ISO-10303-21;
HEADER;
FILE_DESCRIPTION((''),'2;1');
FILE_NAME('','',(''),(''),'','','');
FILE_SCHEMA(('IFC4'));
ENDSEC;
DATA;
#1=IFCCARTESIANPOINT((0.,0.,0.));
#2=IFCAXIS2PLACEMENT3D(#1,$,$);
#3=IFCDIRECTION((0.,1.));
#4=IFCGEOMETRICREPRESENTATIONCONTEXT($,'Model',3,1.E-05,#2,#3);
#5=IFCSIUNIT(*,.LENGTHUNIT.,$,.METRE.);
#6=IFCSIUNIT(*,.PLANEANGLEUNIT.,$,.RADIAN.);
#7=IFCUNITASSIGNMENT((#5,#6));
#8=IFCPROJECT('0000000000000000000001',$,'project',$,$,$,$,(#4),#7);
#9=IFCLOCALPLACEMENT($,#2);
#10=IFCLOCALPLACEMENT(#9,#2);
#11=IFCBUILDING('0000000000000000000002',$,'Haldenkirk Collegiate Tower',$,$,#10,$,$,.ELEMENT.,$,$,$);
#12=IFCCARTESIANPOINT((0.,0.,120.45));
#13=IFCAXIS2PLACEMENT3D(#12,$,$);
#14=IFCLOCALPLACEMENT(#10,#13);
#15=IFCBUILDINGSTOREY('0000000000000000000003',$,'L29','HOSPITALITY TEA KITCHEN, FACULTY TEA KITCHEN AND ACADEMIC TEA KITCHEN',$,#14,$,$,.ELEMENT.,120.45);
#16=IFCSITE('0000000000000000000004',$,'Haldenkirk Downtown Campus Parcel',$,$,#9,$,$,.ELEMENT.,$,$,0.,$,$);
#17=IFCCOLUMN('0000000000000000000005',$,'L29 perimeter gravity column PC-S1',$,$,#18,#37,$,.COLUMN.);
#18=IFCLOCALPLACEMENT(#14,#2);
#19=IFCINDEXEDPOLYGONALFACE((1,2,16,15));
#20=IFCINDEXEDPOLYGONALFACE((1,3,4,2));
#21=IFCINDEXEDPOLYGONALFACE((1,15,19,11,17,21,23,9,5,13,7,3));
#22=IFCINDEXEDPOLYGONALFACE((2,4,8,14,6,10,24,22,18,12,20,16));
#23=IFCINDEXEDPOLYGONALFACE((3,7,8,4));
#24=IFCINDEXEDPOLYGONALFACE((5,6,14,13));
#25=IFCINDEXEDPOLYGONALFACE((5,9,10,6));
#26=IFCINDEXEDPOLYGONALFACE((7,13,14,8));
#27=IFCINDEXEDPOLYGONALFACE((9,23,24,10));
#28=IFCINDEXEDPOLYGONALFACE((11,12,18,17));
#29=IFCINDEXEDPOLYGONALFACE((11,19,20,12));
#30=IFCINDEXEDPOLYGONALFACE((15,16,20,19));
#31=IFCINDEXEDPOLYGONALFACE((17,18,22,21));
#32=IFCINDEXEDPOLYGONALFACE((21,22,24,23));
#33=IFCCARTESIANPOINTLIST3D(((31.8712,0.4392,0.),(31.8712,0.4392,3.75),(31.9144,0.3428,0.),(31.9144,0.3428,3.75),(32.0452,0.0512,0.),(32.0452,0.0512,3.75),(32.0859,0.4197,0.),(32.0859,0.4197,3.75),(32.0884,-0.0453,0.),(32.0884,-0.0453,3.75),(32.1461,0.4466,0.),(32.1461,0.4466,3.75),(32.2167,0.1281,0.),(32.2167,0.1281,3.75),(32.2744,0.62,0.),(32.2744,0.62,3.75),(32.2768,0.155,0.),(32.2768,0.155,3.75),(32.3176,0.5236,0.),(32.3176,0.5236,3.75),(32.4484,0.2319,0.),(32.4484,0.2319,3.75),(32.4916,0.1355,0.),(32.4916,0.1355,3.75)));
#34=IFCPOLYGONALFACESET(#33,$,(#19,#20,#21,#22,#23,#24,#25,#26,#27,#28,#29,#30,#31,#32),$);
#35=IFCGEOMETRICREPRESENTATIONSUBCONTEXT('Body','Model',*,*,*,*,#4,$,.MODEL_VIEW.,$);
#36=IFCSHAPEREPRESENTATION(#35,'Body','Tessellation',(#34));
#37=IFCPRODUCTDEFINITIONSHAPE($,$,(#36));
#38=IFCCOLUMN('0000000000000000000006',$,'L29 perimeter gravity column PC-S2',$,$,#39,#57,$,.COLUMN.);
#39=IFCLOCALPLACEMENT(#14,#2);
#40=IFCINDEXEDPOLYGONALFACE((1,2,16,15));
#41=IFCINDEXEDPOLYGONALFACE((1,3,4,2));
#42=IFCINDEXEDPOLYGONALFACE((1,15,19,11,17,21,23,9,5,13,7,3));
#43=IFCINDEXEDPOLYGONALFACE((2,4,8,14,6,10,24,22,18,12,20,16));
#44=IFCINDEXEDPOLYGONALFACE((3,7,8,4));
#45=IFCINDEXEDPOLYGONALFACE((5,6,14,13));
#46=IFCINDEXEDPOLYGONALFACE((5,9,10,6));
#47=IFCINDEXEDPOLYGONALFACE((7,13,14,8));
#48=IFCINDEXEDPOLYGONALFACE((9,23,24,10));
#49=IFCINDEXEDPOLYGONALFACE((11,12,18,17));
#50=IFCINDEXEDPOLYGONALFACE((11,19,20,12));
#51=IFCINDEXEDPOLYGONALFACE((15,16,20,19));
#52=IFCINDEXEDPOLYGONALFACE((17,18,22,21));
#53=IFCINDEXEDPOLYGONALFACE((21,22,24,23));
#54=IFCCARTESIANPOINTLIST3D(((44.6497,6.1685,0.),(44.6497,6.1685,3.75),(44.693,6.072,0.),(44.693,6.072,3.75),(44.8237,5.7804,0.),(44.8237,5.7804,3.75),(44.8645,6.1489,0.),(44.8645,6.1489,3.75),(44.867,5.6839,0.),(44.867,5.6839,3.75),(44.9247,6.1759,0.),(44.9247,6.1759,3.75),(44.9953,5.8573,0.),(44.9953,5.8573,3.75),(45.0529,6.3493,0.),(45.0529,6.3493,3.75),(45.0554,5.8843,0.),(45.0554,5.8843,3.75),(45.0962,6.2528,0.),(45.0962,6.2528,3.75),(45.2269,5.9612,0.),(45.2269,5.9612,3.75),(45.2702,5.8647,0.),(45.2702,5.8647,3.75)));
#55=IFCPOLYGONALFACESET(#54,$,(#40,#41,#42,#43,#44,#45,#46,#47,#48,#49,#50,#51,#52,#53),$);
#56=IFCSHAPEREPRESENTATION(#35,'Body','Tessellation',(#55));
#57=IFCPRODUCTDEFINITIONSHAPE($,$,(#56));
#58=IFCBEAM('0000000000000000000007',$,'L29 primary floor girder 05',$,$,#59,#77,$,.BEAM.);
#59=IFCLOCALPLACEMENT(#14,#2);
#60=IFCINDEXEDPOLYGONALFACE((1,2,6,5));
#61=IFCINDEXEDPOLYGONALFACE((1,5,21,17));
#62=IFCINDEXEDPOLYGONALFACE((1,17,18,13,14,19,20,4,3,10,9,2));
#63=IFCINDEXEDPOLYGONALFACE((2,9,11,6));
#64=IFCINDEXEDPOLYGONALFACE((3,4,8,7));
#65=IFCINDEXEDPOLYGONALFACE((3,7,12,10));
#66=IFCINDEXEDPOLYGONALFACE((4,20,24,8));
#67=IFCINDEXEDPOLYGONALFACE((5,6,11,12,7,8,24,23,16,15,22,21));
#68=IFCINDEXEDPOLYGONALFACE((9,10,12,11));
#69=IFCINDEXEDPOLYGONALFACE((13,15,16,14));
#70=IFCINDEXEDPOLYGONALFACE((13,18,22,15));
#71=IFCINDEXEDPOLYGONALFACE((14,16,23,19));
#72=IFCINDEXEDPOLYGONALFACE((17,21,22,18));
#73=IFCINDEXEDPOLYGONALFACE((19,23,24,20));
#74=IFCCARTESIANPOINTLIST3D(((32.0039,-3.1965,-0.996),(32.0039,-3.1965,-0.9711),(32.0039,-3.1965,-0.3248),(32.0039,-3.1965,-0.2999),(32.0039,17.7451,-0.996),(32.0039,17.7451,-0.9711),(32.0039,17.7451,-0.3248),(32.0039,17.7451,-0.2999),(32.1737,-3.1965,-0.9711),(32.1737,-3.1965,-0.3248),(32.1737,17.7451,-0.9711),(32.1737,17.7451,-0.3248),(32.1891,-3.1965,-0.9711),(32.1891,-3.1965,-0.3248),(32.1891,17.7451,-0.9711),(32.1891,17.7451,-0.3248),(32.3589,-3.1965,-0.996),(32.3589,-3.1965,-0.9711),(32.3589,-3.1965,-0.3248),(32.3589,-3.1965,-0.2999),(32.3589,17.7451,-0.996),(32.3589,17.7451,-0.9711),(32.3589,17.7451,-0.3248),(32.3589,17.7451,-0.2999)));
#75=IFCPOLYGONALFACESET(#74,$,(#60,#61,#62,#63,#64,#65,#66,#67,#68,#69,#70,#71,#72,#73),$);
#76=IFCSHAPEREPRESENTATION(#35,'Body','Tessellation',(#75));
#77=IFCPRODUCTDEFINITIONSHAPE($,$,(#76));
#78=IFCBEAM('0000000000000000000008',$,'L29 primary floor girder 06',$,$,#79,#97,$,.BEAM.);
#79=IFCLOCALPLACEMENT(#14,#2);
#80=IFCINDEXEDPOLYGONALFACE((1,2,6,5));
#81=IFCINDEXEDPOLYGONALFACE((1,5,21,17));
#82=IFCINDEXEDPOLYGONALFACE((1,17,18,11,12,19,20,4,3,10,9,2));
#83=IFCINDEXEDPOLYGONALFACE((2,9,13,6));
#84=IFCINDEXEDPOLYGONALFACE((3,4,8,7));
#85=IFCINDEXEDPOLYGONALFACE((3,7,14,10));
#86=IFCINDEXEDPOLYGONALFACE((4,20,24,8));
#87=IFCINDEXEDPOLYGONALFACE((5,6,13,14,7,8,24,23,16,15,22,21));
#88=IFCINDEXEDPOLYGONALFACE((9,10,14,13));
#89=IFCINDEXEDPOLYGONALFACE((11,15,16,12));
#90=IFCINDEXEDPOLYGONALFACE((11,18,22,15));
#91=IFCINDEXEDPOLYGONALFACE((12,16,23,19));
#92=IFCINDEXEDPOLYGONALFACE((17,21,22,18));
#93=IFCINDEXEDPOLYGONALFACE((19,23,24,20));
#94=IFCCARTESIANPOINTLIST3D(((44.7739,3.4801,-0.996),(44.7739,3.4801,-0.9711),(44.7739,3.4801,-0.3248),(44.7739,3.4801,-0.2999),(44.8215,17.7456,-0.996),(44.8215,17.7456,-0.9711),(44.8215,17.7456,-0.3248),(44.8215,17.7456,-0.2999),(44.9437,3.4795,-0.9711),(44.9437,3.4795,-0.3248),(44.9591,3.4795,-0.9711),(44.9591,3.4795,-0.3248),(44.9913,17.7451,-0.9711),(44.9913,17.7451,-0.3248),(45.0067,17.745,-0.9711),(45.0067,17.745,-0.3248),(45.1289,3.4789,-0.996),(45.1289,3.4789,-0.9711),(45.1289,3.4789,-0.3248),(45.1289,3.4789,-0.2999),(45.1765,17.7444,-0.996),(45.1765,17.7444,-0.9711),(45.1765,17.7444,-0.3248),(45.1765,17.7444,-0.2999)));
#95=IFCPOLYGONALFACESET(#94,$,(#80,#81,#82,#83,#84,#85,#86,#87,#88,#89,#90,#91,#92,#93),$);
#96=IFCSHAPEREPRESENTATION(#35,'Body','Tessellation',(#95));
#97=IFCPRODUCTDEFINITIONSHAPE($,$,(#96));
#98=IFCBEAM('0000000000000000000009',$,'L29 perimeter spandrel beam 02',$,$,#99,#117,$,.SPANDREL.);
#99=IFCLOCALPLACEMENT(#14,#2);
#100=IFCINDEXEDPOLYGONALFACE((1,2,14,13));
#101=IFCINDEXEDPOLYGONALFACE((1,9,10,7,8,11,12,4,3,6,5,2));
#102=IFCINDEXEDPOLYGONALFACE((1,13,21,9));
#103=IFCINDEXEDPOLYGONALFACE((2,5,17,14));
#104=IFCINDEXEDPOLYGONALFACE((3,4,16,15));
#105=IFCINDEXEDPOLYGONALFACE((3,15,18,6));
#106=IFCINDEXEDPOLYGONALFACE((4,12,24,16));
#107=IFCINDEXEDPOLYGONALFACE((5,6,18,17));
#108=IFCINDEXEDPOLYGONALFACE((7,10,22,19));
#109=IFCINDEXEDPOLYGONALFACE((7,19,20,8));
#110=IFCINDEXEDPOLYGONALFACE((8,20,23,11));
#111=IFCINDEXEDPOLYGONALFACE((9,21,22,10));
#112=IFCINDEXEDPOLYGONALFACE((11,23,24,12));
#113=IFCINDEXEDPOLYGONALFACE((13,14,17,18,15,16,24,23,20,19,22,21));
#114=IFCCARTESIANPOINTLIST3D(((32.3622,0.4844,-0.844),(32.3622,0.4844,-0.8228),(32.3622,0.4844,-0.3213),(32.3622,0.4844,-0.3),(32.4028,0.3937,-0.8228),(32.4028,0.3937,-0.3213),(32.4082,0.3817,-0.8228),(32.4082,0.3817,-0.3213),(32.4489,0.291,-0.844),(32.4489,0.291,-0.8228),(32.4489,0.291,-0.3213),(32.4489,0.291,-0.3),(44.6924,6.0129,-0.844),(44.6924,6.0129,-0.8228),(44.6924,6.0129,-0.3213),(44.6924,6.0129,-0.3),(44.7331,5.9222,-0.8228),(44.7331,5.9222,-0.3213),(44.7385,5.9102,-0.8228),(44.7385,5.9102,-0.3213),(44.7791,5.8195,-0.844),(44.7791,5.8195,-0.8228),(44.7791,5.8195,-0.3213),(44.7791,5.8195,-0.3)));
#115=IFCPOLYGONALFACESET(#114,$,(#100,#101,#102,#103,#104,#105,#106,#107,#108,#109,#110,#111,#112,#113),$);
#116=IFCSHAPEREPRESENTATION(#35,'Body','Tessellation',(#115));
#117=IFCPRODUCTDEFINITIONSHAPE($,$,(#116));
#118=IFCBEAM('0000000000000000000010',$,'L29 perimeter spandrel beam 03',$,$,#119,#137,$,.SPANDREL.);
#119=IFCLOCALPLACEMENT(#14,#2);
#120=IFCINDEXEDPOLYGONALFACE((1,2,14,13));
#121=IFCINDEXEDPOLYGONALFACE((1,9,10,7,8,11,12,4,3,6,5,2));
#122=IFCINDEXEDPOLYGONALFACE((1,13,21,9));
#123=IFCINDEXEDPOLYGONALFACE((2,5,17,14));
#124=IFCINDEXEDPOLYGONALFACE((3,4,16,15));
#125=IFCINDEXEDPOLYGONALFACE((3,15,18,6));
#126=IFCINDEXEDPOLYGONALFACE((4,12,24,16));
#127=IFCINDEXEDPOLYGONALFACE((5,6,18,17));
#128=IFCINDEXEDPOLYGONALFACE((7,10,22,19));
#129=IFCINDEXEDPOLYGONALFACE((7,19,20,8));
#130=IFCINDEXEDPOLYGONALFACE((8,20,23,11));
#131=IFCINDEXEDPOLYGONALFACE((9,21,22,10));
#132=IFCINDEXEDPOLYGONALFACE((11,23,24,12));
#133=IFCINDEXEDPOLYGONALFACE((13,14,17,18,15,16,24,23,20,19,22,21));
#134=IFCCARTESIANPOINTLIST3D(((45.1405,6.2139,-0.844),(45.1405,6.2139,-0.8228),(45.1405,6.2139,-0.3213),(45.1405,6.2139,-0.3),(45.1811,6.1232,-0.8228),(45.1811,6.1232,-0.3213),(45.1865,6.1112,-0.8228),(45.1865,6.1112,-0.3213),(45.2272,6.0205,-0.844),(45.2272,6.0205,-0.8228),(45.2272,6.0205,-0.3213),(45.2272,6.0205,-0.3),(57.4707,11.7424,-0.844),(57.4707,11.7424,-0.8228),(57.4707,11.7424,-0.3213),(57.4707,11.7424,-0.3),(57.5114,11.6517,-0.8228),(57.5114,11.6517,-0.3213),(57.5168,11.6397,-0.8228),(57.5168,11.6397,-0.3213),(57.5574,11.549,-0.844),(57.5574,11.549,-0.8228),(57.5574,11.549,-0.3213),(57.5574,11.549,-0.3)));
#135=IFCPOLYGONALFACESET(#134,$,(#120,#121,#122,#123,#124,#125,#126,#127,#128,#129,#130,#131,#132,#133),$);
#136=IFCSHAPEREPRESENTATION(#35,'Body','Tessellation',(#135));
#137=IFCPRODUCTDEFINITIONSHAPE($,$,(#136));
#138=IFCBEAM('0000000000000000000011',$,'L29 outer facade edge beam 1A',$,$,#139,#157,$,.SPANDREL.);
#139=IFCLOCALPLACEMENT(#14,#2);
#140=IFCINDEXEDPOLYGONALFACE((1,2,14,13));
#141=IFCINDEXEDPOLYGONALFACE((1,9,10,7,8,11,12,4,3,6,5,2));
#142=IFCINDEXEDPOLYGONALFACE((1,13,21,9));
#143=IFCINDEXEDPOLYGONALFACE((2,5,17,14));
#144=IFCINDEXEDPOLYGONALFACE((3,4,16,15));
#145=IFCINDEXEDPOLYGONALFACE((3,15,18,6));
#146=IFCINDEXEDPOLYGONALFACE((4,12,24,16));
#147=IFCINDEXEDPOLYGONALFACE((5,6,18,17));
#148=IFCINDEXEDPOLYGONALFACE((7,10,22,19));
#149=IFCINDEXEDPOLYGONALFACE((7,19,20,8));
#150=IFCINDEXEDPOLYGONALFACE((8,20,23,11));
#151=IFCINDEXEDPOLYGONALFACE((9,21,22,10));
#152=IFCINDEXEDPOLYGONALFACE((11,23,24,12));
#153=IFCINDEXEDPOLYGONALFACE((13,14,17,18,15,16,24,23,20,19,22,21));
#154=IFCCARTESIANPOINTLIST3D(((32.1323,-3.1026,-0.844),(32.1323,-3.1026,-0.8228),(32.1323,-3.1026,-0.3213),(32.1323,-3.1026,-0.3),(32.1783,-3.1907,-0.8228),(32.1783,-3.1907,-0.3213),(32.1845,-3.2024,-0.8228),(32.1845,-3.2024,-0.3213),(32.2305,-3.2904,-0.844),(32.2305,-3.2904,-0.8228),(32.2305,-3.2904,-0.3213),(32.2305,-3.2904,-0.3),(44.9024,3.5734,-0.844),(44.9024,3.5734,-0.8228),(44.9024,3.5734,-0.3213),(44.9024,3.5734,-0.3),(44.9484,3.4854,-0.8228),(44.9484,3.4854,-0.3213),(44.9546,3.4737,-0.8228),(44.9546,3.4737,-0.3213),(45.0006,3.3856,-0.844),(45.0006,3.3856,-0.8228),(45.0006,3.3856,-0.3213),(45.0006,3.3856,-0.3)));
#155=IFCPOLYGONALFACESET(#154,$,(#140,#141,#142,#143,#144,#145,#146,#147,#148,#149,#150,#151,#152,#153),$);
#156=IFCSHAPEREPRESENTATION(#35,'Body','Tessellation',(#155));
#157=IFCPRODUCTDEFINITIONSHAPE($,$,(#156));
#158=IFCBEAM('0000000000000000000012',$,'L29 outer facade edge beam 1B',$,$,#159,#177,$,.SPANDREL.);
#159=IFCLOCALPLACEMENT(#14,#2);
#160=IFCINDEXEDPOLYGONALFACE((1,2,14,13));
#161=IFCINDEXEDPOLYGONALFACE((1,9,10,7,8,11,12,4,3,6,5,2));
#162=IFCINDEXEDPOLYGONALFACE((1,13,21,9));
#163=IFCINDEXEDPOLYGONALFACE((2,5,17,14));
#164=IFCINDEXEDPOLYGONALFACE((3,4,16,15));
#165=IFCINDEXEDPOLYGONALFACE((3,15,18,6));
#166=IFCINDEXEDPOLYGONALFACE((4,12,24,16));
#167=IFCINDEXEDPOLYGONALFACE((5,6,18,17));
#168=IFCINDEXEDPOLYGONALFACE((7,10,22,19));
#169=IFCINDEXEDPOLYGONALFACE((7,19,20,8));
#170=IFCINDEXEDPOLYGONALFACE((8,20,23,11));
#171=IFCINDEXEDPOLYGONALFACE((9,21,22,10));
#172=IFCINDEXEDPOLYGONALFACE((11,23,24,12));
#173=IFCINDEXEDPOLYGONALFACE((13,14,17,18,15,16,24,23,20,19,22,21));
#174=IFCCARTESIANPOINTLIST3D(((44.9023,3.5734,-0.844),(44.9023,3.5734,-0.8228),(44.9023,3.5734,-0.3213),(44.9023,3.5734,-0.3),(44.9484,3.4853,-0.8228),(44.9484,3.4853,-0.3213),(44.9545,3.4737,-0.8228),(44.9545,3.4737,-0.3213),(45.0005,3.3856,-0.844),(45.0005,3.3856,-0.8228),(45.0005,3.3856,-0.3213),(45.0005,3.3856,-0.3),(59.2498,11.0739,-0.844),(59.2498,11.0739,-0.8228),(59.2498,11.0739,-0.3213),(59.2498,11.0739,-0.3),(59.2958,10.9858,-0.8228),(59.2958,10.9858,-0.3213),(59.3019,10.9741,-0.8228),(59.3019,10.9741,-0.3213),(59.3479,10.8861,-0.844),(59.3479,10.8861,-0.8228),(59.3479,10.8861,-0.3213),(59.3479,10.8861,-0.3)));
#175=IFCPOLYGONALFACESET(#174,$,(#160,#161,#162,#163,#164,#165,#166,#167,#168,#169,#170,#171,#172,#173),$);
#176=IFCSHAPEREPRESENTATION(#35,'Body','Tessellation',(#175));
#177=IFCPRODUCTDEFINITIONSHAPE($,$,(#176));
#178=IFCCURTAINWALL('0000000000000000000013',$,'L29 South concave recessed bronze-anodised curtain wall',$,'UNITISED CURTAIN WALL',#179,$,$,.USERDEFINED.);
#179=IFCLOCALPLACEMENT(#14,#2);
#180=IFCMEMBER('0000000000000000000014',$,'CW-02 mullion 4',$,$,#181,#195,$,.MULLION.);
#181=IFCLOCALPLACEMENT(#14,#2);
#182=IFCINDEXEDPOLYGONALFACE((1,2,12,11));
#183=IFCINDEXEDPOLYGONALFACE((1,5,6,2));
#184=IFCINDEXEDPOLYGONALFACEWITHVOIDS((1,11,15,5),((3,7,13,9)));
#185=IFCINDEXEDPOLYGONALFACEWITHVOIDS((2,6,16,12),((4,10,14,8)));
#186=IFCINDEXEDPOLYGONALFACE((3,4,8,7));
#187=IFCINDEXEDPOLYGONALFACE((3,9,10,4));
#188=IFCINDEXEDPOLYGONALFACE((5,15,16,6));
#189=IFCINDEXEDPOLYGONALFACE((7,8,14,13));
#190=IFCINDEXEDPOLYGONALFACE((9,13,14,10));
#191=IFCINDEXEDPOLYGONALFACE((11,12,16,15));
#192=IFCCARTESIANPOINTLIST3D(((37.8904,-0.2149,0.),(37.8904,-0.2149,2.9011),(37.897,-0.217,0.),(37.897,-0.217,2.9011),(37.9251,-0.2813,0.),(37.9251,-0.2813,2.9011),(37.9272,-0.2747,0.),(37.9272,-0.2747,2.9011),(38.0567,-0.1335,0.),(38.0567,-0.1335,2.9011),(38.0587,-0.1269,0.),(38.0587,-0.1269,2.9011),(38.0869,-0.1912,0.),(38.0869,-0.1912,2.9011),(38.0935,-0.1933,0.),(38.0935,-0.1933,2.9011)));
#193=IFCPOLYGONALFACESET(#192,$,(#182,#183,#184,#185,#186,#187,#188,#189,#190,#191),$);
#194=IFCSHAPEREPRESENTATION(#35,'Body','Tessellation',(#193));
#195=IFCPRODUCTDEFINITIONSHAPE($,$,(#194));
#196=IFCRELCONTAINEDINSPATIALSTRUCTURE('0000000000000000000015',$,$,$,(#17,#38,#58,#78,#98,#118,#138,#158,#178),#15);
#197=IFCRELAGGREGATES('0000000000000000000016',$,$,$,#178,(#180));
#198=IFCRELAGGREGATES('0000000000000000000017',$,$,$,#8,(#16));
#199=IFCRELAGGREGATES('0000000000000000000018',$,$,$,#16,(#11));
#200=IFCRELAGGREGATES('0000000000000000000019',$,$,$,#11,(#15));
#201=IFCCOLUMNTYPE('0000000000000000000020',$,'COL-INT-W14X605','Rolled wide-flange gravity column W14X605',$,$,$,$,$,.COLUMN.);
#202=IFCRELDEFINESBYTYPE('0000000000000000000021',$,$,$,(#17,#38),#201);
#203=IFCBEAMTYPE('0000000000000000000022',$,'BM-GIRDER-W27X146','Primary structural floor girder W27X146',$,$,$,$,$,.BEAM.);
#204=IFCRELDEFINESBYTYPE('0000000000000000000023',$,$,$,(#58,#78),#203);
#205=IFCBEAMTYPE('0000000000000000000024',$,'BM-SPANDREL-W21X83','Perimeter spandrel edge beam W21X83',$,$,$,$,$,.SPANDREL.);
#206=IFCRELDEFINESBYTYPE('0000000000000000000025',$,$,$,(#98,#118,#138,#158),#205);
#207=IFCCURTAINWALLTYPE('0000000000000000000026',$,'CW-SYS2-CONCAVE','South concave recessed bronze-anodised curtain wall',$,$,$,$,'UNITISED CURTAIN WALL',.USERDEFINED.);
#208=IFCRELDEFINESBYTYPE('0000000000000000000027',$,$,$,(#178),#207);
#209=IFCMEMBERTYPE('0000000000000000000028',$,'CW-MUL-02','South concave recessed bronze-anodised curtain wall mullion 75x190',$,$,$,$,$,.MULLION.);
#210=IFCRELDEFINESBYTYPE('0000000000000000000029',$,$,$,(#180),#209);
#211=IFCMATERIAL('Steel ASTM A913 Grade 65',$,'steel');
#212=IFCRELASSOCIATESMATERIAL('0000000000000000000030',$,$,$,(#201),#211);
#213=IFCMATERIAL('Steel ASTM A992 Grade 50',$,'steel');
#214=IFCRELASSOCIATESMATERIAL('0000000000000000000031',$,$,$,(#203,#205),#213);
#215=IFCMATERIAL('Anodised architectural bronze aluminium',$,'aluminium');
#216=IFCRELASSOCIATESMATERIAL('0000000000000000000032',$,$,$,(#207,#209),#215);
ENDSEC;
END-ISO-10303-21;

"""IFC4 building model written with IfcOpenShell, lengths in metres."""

from ifc_helpers import new_model, si_unit, direction, frame, origin, origin_2d, place, context, subcontext, project, spatial, hollow_rectangle, i_section, extrude, material, material_profile, profile_set, type_object, element, aggregate, save


model = new_model("IFC4")

# Units and contexts
model_context = context("Model", 3, precision=1e-05, world=origin(), true_north=direction((0.0, 1.0)))
body_context = subcontext(model_context, "Body", "Model", "MODEL_VIEW")
ifc_project = project(units=[si_unit("LENGTHUNIT", "METRE"), si_unit("PLANEANGLEUNIT", "RADIAN")], contexts=[model_context])

# Site, building, storey
site_placement = place(None, origin())
site = spatial("IfcSite", under=ifc_project, at=site_placement, Name="Haldenkirk Downtown Campus Parcel", CompositionType="ELEMENT", RefElevation=0.0)
building_placement = place(site_placement, origin())
building = spatial("IfcBuilding", under=site, at=building_placement, Name="Haldenkirk Collegiate Tower", CompositionType="ELEMENT")
storey_placement = place(building_placement, frame((0.0, 0.0, 120.45)))
storey = spatial("IfcBuildingStorey", under=building, at=storey_placement, Name="L29", Description="HOSPITALITY TEA KITCHEN, FACULTY TEA KITCHEN AND ACADEMIC TEA KITCHEN", CompositionType="ELEMENT", Elevation=120.45)

# Columns
ifc_material_1 = material(Name="Steel ASTM A913 Grade 65", Category="steel")
ifc_material_profile_1 = material_profile(ifc_material_1, i_section(OverallWidth=0.4419, OverallDepth=0.531, WebThickness=0.0659, FlangeThickness=0.1057, at=origin_2d()), Name="W14X605")
ifc_profile_set_1 = profile_set([ifc_material_profile_1], Name="Steel ASTM A913 Grade 65")
column_type = type_object("IfcColumnType", Name="COL-INT-W14X605", Description="Rolled wide-flange gravity column W14X605", PredefinedType="COLUMN", material=ifc_profile_set_1)
for number, where, z_axis, x_axis, name in (
    (1, (32.1814, 0.2874, 0.0), (0.0, 0.0, 1.0), (0.912477, 0.409127, 0.0), "L29 perimeter gravity column PC-S1"),
    (2, (44.96, 6.0166, 0.0), (0.0, 0.0, 1.0), (0.912477, 0.409127, 0.0), "L29 perimeter gravity column PC-S2"),
):
    element("IfcColumn", number, at=place(storey_placement, frame(where, z_axis=z_axis, x_axis=x_axis)), inside=storey, type_object=column_type, Name=name, PredefinedType="COLUMN", context=body_context, shape_type="SweptSolid", body=[
        extrude(i_section(OverallWidth=0.4419, OverallDepth=0.531, WebThickness=0.0659, FlangeThickness=0.1057, at=origin_2d()), origin(), (0.0, 0.0, 1.0), 3.75),
    ])

# Beams
ifc_material_2 = material(Name="Steel ASTM A992 Grade 50", Category="steel")
ifc_material_profile_2 = material_profile(ifc_material_2, i_section(OverallWidth=0.355, OverallDepth=0.696, WebThickness=0.0154, FlangeThickness=0.0249, at=origin_2d()), Name="W27X146")
ifc_profile_set_2 = profile_set([ifc_material_profile_2], Name="Steel ASTM A992 Grade 50")
beam_type_1 = type_object("IfcBeamType", Name="BM-GIRDER-W27X146", Description="Primary structural floor girder W27X146", PredefinedType="BEAM", material=ifc_profile_set_2)
beam_1_placement = place(storey_placement, frame((32.1814, -3.1965, -0.6479), z_axis=(0.0, 1.0, 0.0), x_axis=(-1.0, 0.0, 0.0)))
element("IfcBeam", 3, at=beam_1_placement, inside=storey, type_object=beam_type_1, Name="L29 primary floor girder 05", PredefinedType="BEAM", context=body_context, shape_type="SweptSolid", body=[
    extrude(i_section(OverallWidth=0.355, OverallDepth=0.696, WebThickness=0.0154, FlangeThickness=0.0249, at=origin_2d()), origin(), (0.0, 0.0, 1.0), 20.9417),
])
beam_2_placement = place(storey_placement, frame((44.9514, 3.4795, -0.6479), z_axis=(0.003337, 0.999994, 0.0), x_axis=(-0.999994, 0.003337, 0.0)))
element("IfcBeam", 4, at=beam_2_placement, inside=storey, type_object=beam_type_1, Name="L29 primary floor girder 06", PredefinedType="BEAM", context=body_context, shape_type="SweptSolid", body=[
    extrude(i_section(OverallWidth=0.355, OverallDepth=0.696, WebThickness=0.0154, FlangeThickness=0.0249, at=origin_2d()), origin(), (0.0, 0.0, 1.0), 14.2656),
])
ifc_material_profile_3 = material_profile(ifc_material_2, i_section(OverallWidth=0.2119, OverallDepth=0.5439, WebThickness=0.0132, FlangeThickness=0.0212, at=origin_2d()), Name="W21X83")
ifc_profile_set_3 = profile_set([ifc_material_profile_3], Name="Steel ASTM A992 Grade 50")
beam_type_2 = type_object("IfcBeamType", Name="BM-SPANDREL-W21X83", Description="Perimeter spandrel edge beam W21X83", PredefinedType="SPANDREL", material=ifc_profile_set_3)
for number, where, z_axis, x_axis, name in (
    (5, (32.4055, 0.3877, -0.572), (0.912477, 0.409129, 0.0), (-0.409129, 0.912477, 0.0), "L29 perimeter spandrel beam 02"),
    (6, (45.1838, 6.1172, -0.572), (0.912477, 0.409129, 0.0), (-0.409129, 0.912477, 0.0), "L29 perimeter spandrel beam 03"),
):
    element("IfcBeam", number, at=place(storey_placement, frame(where, z_axis=z_axis, x_axis=x_axis)), inside=storey, type_object=beam_type_2, Name=name, PredefinedType="SPANDREL", context=body_context, shape_type="SweptSolid", body=[
        extrude(i_section(OverallWidth=0.2119, OverallDepth=0.5439, WebThickness=0.0132, FlangeThickness=0.0212, at=origin_2d()), origin(), (0.0, 0.0, 1.0), 13.5129),
    ])
beam_3_placement = place(storey_placement, frame((32.1814, -3.1965, -0.572), z_axis=(0.886203, 0.463297, 0.0), x_axis=(-0.463297, 0.886203, 0.0)))
element("IfcBeam", 7, at=beam_3_placement, inside=storey, type_object=beam_type_2, Name="L29 outer facade edge beam 1A", PredefinedType="SPANDREL", context=body_context, shape_type="SweptSolid", body=[
    extrude(i_section(OverallWidth=0.2119, OverallDepth=0.5439, WebThickness=0.0132, FlangeThickness=0.0212, at=origin_2d()), origin(), (0.0, 0.0, 1.0), 14.4099),
])
beam_4_placement = place(storey_placement, frame((44.9514, 3.4795, -0.572), z_axis=(0.886208, 0.463288, 0.0), x_axis=(-0.463288, 0.886208, 0.0)))
element("IfcBeam", 8, at=beam_4_placement, inside=storey, type_object=beam_type_2, Name="L29 outer facade edge beam 1B", PredefinedType="SPANDREL", context=body_context, shape_type="SweptSolid", body=[
    extrude(i_section(OverallWidth=0.2119, OverallDepth=0.5439, WebThickness=0.0132, FlangeThickness=0.0212, at=origin_2d()), origin(), (0.0, 0.0, 1.0), 16.1897),
])

# Curtain wall, member
ifc_material_3 = material(Name="Anodised architectural bronze aluminium", Category="aluminium")
curtain_wall_type = type_object("IfcCurtainWallType", Name="CW-SYS2-CONCAVE", Description="South concave recessed bronze-anodised curtain wall", ElementType="UNITISED CURTAIN WALL", PredefinedType="USERDEFINED", material=ifc_material_3)
curtain_wall_placement = place(storey_placement, origin())
curtain_wall = element("IfcCurtainWall", 9, at=curtain_wall_placement, inside=storey, type_object=curtain_wall_type, Name="L29 South concave recessed bronze-anodised curtain wall", ObjectType="UNITISED CURTAIN WALL", PredefinedType="USERDEFINED")
ifc_material_profile_4 = material_profile(ifc_material_3, hollow_rectangle(XDim=0.075, YDim=0.1899, WallThickness=0.0049, at=origin_2d()), Name="CW-MUL-02")
ifc_profile_set_4 = profile_set([ifc_material_profile_4], Name="Anodised architectural bronze aluminium")
member_type_1 = type_object("IfcMemberType", Name="CW-MUL-02", Description="South concave recessed bronze-anodised curtain wall mullion 75x190", PredefinedType="MULLION", material=ifc_profile_set_4)
member_1_placement = place(storey_placement, frame((37.9919, -0.2041, 0.0), z_axis=(0.0, 0.0, 1.0), x_axis=(0.463297, -0.886203, 0.0)))
member_1 = element("IfcMember", 10, at=member_1_placement, type_object=member_type_1, Name="CW-02 mullion 4", PredefinedType="MULLION", context=body_context, shape_type="SweptSolid", body=[
    extrude(hollow_rectangle(XDim=0.075, YDim=0.1899, WallThickness=0.0049, at=origin_2d()), origin(), (0.0, 0.0, 1.0), 2.9011),
])

aggregate(curtain_wall, [member_1])

save(model, "model.ifc")
